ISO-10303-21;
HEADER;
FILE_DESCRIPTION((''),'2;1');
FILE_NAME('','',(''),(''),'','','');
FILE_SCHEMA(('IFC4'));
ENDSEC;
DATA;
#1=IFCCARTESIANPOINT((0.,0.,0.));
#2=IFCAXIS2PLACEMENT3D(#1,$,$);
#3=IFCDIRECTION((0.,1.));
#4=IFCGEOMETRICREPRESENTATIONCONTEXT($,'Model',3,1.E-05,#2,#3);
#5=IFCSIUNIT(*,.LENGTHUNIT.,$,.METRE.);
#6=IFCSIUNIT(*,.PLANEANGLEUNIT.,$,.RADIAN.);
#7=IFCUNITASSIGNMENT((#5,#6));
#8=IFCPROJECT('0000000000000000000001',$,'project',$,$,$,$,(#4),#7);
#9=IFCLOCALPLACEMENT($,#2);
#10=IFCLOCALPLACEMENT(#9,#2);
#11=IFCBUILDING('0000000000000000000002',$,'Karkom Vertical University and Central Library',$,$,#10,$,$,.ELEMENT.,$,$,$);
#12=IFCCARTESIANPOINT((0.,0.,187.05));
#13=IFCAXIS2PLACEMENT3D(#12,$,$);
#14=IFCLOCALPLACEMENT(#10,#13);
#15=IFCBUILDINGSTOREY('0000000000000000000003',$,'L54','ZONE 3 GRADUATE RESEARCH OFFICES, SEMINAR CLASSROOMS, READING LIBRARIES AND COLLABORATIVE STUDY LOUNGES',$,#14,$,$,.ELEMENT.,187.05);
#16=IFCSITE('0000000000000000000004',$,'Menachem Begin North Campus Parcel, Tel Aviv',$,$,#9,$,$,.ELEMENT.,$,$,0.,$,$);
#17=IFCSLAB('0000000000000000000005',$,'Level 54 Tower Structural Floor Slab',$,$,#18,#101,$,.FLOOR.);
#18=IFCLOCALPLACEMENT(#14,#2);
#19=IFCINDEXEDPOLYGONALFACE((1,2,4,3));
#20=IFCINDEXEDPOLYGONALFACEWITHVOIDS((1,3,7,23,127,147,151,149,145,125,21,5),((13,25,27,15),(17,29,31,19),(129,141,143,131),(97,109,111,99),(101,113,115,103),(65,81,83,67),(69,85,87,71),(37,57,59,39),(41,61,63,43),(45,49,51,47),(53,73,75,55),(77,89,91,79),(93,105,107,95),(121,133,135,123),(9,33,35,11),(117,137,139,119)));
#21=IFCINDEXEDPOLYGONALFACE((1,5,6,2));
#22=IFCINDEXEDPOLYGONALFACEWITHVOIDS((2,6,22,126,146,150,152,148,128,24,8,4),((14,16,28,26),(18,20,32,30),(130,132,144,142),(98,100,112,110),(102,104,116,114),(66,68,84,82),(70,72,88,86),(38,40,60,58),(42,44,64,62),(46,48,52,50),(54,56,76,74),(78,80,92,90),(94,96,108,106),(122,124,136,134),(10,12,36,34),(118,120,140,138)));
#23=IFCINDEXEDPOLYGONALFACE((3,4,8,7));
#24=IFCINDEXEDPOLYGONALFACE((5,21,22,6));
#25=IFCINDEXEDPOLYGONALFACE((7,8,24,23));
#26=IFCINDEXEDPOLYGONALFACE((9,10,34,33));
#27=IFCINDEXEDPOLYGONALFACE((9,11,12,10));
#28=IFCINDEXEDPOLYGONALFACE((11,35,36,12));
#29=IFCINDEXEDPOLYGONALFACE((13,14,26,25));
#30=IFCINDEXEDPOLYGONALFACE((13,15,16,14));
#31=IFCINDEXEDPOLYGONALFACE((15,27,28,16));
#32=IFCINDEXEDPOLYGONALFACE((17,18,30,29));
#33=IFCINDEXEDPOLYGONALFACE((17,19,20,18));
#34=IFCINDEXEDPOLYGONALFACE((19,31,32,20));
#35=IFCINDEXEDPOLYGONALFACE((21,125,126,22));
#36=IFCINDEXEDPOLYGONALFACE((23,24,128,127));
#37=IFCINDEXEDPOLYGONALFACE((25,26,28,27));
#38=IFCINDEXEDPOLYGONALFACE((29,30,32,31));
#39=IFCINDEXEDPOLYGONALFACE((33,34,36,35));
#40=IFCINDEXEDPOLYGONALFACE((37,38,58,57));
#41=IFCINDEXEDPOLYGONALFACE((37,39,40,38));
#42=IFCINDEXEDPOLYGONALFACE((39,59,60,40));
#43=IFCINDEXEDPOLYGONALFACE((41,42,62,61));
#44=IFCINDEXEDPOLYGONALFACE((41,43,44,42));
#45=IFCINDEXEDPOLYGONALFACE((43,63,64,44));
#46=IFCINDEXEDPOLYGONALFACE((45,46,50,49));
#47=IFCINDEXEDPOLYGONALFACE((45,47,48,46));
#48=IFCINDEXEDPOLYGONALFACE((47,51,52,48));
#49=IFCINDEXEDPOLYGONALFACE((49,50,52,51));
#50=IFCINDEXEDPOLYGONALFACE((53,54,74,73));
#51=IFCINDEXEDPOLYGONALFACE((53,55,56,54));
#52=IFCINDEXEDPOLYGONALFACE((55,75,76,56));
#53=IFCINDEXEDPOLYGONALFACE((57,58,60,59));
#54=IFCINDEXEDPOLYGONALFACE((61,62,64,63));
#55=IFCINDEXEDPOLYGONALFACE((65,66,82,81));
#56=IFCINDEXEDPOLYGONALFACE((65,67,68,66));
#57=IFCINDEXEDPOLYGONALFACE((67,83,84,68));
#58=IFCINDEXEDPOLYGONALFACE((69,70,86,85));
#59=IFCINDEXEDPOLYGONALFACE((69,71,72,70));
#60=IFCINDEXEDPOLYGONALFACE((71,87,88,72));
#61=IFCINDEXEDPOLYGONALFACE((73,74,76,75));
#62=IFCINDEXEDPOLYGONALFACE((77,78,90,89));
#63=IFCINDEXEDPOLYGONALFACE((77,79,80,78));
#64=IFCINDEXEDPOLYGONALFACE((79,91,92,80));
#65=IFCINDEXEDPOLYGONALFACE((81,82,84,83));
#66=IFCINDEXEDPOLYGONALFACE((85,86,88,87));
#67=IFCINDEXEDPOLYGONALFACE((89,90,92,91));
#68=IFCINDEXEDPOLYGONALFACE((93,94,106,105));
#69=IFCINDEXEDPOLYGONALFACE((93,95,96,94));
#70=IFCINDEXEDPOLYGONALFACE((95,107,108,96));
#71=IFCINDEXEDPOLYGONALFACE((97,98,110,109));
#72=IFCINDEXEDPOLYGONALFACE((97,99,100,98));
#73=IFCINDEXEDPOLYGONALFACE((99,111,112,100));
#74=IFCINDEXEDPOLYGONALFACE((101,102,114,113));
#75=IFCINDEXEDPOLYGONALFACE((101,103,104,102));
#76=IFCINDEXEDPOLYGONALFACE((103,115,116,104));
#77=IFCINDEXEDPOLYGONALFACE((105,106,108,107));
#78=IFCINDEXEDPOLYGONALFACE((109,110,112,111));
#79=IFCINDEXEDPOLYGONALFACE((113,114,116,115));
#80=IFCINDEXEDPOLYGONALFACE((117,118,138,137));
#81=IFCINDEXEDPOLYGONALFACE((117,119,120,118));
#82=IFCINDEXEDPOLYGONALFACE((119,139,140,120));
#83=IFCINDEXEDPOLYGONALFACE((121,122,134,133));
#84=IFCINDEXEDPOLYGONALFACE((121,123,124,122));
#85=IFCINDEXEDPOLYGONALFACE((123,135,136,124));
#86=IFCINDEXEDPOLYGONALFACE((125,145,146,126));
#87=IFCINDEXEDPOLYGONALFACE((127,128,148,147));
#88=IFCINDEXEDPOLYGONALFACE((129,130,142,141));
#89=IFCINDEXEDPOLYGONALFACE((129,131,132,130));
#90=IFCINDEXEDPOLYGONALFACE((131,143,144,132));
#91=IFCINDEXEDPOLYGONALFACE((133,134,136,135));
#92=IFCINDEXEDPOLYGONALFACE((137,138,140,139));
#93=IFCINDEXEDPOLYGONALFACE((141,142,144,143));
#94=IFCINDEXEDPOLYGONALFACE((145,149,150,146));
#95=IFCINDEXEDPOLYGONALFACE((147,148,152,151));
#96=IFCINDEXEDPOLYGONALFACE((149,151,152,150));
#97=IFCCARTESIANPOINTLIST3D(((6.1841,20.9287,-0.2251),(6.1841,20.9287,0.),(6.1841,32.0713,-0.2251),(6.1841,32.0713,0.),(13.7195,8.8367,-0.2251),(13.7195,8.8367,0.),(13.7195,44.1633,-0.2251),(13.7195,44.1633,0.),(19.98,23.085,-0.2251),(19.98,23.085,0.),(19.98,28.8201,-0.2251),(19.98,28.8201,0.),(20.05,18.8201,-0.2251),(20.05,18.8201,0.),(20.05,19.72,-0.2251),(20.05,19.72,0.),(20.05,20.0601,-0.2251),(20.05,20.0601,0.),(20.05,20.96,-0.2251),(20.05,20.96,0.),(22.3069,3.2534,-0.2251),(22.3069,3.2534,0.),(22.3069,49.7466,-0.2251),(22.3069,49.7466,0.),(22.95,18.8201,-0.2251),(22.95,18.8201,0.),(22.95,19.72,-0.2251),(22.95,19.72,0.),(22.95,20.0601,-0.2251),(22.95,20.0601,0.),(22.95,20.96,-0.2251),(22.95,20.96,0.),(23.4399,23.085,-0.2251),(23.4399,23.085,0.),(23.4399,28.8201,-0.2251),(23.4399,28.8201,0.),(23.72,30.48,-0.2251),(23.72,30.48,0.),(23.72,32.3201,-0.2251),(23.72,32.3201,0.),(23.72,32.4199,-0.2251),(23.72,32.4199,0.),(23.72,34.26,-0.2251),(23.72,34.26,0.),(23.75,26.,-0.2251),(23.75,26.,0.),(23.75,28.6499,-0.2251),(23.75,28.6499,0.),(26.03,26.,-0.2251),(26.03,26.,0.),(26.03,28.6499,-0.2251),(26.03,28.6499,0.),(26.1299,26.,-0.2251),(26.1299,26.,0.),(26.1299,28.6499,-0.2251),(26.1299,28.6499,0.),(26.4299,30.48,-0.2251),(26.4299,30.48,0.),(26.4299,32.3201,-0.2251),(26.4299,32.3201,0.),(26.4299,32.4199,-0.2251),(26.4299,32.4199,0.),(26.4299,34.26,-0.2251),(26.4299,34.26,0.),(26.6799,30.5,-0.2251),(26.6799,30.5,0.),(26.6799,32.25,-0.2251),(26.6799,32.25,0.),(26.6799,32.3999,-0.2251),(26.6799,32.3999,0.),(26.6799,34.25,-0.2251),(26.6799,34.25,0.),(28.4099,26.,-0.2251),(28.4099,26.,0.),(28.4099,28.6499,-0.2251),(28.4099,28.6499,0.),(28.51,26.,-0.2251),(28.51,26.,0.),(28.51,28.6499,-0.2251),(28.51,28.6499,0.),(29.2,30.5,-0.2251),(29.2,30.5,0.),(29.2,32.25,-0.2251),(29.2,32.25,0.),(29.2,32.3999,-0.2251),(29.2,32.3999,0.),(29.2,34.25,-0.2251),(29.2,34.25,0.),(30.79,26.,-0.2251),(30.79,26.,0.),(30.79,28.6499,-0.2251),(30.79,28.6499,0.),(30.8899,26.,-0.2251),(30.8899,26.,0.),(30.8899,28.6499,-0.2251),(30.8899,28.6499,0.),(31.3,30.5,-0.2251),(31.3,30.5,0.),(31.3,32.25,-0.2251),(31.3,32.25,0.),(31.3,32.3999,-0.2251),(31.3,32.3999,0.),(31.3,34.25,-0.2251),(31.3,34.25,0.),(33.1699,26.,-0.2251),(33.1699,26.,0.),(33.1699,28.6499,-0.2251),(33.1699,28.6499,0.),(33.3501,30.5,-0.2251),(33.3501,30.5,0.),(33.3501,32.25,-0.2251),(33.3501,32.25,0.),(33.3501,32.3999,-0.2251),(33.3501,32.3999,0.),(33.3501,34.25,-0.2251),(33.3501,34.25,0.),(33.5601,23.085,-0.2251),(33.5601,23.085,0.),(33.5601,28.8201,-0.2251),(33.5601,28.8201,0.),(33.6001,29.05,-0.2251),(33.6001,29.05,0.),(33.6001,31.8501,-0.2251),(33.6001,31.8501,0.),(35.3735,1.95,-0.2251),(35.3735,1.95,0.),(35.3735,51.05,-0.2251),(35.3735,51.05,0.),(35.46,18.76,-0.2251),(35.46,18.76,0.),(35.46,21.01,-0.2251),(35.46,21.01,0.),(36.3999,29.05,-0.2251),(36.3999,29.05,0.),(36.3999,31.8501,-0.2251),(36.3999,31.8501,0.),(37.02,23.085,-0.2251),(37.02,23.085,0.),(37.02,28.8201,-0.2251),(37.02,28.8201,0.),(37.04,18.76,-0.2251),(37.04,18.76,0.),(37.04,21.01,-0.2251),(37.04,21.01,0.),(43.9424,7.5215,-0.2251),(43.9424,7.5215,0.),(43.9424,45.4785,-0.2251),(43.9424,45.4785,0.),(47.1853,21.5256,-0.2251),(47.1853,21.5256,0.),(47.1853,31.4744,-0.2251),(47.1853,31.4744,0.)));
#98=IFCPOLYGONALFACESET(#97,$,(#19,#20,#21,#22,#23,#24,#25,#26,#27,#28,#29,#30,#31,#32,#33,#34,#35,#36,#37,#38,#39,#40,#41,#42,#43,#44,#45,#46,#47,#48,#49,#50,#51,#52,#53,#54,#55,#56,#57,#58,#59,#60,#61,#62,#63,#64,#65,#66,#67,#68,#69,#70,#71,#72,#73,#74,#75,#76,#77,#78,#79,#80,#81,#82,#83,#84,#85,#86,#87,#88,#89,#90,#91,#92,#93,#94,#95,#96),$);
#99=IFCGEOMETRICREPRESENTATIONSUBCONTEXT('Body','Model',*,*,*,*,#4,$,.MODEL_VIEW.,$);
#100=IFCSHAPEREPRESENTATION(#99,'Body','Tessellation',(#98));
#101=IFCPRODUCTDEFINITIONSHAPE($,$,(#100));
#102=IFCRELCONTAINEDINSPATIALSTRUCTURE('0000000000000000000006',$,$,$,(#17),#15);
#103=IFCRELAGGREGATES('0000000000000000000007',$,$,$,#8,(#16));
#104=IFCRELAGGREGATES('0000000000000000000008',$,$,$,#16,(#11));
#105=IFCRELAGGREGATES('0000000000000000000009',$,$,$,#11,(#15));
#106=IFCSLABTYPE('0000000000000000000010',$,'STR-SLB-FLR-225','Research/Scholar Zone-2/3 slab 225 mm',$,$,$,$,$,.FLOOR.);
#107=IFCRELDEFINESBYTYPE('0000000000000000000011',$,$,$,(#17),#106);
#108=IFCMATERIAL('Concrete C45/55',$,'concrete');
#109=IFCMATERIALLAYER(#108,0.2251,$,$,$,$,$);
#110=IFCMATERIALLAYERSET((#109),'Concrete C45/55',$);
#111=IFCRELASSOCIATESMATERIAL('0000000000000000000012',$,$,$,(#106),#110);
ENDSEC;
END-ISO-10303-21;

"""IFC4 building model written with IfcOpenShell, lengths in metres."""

from ifc_helpers import new_model, si_unit, direction, frame, origin, place, context, subcontext, project, spatial, polyline, outline, extrude, material, layer, layer_set, type_object, element, save


model = new_model("IFC4")

# Units and contexts
model_context = context("Model", 3, precision=1e-05, world=origin(), true_north=direction((0.0, 1.0)))
body_context = subcontext(model_context, "Body", "Model", "MODEL_VIEW")
ifc_project = project(units=[si_unit("LENGTHUNIT", "METRE"), si_unit("PLANEANGLEUNIT", "RADIAN")], contexts=[model_context])

# Site, building, storey
site_placement = place(None, origin())
site = spatial("IfcSite", under=ifc_project, at=site_placement, Name="Menachem Begin North Campus Parcel, Tel Aviv", CompositionType="ELEMENT", RefElevation=0.0)
building_placement = place(site_placement, origin())
building = spatial("IfcBuilding", under=site, at=building_placement, Name="Karkom Vertical University and Central Library", CompositionType="ELEMENT")
storey_placement = place(building_placement, frame((0.0, 0.0, 187.05)))
storey = spatial("IfcBuildingStorey", under=building, at=storey_placement, Name="L54", Description="ZONE 3 GRADUATE RESEARCH OFFICES, SEMINAR CLASSROOMS, READING LIBRARIES AND COLLABORATIVE STUDY LOUNGES", CompositionType="ELEMENT", Elevation=187.05)

# Shared definitions
ifc_material_1 = material(Name="Concrete C45/55", Category="concrete")

# Slab
ifc_layer_1 = layer(ifc_material_1, 0.2251)
ifc_layer_set_1 = layer_set([ifc_layer_1], Name="Concrete C45/55")
slab_type_1 = type_object("IfcSlabType", Name="STR-SLB-FLR-225", Description="Research/Scholar Zone-2/3 slab 225 mm", PredefinedType="FLOOR", material=ifc_layer_set_1)
slab_1_placement = place(storey_placement, frame((0.0, 0.0, -0.2251)))
element("IfcSlab", 1, at=slab_1_placement, inside=storey, type_object=slab_type_1, Name="Level 54 Tower Structural Floor Slab", PredefinedType="FLOOR", context=body_context, shape_type="SweptSolid", body=[
    extrude(outline(polyline([(6.1841, 32.0713), (6.1841, 20.9287), (13.7195, 8.8367), (22.3069, 3.2534), (35.3735, 1.95), (43.9424, 7.5215), (47.1853, 21.5256), (47.1853, 31.4744), (43.9424, 45.4785), (35.3735, 51.05), (22.3069, 49.7466), (13.7195, 44.1633), (6.1841, 32.0713)]), holes=[polyline([(19.98, 23.085), (23.4399, 23.085), (23.4399, 28.8201), (19.98, 28.8201), (19.98, 23.085)]), polyline([(33.5601, 23.085), (37.02, 23.085), (37.02, 28.8201), (33.5601, 28.8201), (33.5601, 23.085)]), polyline([(23.75, 26.0), (26.03, 26.0), (26.03, 28.6499), (23.75, 28.6499), (23.75, 26.0)]), polyline([(26.1299, 26.0), (28.4099, 26.0), (28.4099, 28.6499), (26.1299, 28.6499), (26.1299, 26.0)]), polyline([(28.51, 26.0), (30.79, 26.0), (30.79, 28.6499), (28.51, 28.6499), (28.51, 26.0)]), polyline([(30.8899, 26.0), (33.1699, 26.0), (33.1699, 28.6499), (30.8899, 28.6499), (30.8899, 26.0)]), polyline([(26.6799, 30.5), (29.2, 30.5), (29.2, 32.25), (26.6799, 32.25), (26.6799, 30.5)]), polyline([(26.6799, 32.3999), (29.2, 32.3999), (29.2, 34.25), (26.6799, 34.25), (26.6799, 32.3999)]), polyline([(31.3, 30.5), (33.3501, 30.5), (33.3501, 32.25), (31.3, 32.25), (31.3, 30.5)]), polyline([(31.3, 32.3999), (33.3501, 32.3999), (33.3501, 34.25), (31.3, 34.25), (31.3, 32.3999)]), polyline([(23.72, 30.48), (26.4299, 30.48), (26.4299, 32.3201), (23.72, 32.3201), (23.72, 30.48)]), polyline([(23.72, 32.4199), (26.4299, 32.4199), (26.4299, 34.26), (23.72, 34.26), (23.72, 32.4199)]), polyline([(33.6001, 29.05), (36.3999, 29.05), (36.3999, 31.8501), (33.6001, 31.8501), (33.6001, 29.05)]), polyline([(20.05, 18.8201), (22.95, 18.8201), (22.95, 19.72), (20.05, 19.72), (20.05, 18.8201)]), polyline([(20.05, 20.0601), (22.95, 20.0601), (22.95, 20.96), (20.05, 20.96), (20.05, 20.0601)]), polyline([(35.46, 18.76), (37.04, 18.76), (37.04, 21.01), (35.46, 21.01), (35.46, 18.76)])]), origin(), (0.0, 0.0, 1.0), 0.2251),
])

save(model, "model.ifc")
